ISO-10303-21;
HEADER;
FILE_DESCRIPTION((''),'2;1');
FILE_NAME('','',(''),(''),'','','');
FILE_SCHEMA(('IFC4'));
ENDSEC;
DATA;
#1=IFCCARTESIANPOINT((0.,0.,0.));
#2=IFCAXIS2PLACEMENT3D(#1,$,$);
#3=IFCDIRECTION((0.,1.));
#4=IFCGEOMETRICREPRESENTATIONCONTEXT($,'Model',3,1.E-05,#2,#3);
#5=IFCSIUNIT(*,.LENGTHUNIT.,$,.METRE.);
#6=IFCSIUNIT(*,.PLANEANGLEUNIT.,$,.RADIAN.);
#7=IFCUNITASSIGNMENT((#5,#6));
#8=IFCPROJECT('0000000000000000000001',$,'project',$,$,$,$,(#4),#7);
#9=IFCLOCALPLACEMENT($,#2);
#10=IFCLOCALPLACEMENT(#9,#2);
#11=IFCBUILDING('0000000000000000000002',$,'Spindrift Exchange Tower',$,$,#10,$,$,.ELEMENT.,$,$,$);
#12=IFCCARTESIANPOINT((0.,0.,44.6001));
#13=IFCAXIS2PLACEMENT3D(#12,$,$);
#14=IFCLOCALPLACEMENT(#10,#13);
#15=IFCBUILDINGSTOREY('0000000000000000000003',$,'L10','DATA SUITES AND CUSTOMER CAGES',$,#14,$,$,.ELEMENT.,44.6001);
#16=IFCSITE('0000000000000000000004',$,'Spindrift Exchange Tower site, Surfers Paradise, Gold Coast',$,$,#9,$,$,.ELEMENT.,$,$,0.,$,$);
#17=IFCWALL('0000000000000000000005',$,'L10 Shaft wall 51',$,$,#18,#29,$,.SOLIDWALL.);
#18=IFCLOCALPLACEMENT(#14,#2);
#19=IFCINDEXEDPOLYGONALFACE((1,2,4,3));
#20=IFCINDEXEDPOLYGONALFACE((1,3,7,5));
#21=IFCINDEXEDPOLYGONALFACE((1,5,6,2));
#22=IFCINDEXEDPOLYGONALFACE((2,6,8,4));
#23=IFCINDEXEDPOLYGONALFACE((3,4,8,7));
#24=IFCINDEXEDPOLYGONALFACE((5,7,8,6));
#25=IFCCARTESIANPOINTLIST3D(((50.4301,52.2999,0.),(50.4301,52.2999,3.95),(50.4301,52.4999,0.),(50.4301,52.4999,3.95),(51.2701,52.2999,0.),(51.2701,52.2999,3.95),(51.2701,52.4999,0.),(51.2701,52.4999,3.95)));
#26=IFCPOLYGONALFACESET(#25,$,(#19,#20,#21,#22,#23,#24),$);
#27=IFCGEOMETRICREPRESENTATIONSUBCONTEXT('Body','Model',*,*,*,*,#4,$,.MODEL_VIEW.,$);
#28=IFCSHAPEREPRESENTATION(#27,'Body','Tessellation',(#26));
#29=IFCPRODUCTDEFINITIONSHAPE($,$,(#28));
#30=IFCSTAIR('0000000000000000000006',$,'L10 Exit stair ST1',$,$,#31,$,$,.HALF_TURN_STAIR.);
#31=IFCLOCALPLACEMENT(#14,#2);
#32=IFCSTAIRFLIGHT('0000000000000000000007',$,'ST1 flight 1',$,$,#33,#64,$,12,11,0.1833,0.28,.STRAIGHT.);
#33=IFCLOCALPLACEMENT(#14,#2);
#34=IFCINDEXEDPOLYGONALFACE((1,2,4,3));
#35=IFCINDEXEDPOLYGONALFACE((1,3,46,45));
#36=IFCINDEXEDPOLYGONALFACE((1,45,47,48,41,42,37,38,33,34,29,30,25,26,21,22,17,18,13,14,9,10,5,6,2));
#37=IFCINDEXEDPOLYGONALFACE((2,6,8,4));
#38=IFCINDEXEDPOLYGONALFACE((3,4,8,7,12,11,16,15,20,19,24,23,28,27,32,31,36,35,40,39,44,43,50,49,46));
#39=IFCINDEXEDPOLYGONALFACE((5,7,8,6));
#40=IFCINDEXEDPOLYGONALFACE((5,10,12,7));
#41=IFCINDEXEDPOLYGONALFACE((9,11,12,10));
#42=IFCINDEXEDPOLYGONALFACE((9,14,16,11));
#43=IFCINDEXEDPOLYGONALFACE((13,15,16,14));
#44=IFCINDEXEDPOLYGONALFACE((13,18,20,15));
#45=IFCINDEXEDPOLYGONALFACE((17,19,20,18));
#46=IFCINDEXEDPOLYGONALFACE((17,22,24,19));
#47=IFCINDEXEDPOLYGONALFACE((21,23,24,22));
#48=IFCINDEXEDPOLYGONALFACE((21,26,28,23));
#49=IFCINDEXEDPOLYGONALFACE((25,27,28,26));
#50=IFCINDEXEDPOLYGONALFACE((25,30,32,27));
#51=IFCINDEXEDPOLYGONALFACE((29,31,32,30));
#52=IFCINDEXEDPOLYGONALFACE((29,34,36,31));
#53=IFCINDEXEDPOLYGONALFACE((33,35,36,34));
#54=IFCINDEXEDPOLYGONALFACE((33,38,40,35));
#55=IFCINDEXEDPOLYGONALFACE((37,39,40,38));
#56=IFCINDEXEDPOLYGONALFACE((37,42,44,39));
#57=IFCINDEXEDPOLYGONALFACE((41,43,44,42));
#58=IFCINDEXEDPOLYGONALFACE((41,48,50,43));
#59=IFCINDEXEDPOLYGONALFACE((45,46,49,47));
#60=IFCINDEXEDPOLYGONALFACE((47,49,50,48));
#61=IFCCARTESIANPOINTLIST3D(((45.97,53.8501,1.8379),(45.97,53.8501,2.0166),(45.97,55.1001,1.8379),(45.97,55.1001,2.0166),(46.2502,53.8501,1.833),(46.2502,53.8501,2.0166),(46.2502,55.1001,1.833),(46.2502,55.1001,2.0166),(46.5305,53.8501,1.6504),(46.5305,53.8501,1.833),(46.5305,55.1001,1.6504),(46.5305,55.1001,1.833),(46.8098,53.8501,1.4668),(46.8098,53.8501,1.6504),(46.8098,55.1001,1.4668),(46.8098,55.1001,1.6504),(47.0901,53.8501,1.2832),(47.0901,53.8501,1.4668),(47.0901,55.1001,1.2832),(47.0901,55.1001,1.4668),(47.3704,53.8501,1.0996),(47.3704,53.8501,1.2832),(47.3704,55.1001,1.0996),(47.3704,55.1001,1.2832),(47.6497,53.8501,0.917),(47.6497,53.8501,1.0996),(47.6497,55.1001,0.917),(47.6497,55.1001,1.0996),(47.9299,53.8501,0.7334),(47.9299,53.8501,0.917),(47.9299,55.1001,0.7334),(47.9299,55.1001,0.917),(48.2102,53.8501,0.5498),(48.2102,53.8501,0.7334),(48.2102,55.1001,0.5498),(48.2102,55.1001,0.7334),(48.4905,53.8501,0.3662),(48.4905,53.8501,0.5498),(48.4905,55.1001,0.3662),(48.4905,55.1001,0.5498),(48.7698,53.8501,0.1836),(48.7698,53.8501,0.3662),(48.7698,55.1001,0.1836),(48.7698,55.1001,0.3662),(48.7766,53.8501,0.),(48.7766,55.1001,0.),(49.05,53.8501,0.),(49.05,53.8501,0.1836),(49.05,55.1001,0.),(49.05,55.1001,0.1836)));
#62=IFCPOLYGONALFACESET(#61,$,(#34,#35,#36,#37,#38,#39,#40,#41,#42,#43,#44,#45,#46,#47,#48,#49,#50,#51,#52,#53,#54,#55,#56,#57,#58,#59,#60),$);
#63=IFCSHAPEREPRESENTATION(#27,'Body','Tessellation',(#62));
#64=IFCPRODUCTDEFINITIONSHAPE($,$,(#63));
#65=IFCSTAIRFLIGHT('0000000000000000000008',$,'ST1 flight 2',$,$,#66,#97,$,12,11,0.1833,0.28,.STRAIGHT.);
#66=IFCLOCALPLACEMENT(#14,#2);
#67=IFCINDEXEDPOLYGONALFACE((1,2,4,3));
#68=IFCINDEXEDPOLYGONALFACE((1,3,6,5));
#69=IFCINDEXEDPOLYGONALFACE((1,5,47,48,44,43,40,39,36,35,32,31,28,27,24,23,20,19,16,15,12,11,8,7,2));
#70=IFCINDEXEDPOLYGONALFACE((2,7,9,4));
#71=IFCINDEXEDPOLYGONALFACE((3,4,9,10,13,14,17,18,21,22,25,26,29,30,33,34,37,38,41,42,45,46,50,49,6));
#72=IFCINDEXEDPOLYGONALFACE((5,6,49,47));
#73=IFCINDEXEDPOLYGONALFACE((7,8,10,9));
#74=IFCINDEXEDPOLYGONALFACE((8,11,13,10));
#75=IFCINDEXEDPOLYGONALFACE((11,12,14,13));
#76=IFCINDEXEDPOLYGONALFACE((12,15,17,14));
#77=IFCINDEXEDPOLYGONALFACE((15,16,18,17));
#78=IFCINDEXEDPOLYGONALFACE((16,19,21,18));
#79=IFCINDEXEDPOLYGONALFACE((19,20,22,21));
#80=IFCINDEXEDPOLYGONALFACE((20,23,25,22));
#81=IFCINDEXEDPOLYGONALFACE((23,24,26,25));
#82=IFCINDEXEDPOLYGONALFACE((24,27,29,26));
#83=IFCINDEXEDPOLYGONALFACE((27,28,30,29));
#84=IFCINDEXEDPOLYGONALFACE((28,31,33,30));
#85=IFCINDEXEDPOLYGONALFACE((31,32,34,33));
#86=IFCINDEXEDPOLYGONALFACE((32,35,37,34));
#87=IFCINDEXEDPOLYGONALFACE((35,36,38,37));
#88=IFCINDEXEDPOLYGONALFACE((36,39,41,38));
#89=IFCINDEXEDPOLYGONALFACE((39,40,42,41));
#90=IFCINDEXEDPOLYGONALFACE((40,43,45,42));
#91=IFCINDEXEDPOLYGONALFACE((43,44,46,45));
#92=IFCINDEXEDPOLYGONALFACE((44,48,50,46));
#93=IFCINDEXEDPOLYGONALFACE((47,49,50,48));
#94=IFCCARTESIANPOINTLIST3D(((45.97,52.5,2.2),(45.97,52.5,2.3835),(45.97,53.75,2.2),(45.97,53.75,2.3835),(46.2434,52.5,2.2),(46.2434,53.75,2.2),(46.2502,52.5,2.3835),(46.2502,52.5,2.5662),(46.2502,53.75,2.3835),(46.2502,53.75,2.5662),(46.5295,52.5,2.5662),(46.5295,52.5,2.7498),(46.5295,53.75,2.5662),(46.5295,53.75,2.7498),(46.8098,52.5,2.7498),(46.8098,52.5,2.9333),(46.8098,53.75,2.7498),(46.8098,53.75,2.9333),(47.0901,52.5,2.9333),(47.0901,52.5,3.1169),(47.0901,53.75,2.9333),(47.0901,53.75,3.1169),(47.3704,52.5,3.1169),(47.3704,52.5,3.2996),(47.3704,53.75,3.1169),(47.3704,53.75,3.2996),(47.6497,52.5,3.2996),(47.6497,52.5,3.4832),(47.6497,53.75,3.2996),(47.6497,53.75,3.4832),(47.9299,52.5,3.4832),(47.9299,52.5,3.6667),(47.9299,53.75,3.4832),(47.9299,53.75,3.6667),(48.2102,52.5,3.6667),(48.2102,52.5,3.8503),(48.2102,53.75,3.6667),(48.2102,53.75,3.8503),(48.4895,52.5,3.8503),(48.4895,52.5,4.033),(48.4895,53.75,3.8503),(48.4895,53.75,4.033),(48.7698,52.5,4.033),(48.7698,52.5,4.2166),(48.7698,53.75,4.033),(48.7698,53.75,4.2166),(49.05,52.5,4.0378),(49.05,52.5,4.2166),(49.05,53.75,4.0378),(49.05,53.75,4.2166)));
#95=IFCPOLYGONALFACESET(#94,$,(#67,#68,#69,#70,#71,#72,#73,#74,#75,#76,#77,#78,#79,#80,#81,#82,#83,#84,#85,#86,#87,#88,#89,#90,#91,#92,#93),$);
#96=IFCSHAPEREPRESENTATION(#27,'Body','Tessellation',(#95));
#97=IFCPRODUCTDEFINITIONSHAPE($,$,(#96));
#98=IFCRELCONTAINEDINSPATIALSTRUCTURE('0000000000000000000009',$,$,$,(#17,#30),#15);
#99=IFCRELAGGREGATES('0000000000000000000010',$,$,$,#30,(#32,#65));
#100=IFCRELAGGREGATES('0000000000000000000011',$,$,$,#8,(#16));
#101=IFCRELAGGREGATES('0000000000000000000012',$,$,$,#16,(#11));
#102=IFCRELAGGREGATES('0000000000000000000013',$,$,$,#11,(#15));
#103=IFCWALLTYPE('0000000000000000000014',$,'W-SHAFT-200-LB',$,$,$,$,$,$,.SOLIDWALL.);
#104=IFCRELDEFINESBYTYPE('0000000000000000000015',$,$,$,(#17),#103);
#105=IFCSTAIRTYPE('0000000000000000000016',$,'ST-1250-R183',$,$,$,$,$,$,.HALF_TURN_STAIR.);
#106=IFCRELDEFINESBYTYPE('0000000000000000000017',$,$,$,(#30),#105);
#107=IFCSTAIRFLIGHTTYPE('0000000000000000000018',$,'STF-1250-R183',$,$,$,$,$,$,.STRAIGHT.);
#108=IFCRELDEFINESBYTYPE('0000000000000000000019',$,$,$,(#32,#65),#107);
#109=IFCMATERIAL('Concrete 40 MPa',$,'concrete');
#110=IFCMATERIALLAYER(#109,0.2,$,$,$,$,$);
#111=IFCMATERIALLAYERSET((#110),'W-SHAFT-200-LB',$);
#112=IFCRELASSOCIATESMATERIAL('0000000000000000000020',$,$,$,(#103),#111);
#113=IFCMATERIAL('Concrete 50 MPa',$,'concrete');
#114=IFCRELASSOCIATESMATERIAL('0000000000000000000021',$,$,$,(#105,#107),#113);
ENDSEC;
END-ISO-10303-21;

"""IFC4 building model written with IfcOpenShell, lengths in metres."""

from ifc_helpers import new_model, si_unit, direction, frame, frame_2d, origin, place, context, subcontext, project, spatial, line, indexed_curve, rectangle, outline, extrude, material, layer, layer_set, type_object, element, aggregate, save


model = new_model("IFC4")

# Units and contexts
model_context = context("Model", 3, precision=1e-05, world=origin(), true_north=direction((0.0, 1.0)))
body_context = subcontext(model_context, "Body", "Model", "MODEL_VIEW")
ifc_project = project(units=[si_unit("LENGTHUNIT", "METRE"), si_unit("PLANEANGLEUNIT", "RADIAN")], contexts=[model_context])

# Site, building, storey
site_placement = place(None, origin())
site = spatial("IfcSite", under=ifc_project, at=site_placement, Name="Spindrift Exchange Tower site, Surfers Paradise, Gold Coast", CompositionType="ELEMENT", RefElevation=0.0)
building_placement = place(site_placement, origin())
building = spatial("IfcBuilding", under=site, at=building_placement, Name="Spindrift Exchange Tower", CompositionType="ELEMENT")
storey_placement = place(building_placement, frame((0.0, 0.0, 44.6001)))
storey = spatial("IfcBuildingStorey", under=building, at=storey_placement, Name="L10", Description="DATA SUITES AND CUSTOMER CAGES", CompositionType="ELEMENT", Elevation=44.6001)

# Shared definitions
ifc_material_1 = material(Name="Concrete 40 MPa", Category="concrete")
ifc_layer = layer(ifc_material_1, 0.2)
ifc_layer_set = layer_set([ifc_layer], Name="W-SHAFT-200-LB")
wall_type = type_object("IfcWallType", Name="W-SHAFT-200-LB", PredefinedType="SOLIDWALL", material=ifc_layer_set)

# Wall
wall_1_placement = place(storey_placement, frame((51.27, 52.3999, 0.0), z_axis=(0.0, 0.0, 1.0), x_axis=(-1.0, 0.0, 0.0)))
element("IfcWall", 1, at=wall_1_placement, inside=storey, type_object=wall_type, Name="L10 Shaft wall 51", PredefinedType="SOLIDWALL", context=body_context, shape_type="SweptSolid", body=[
    extrude(rectangle(XDim=0.8401, YDim=0.2, at=frame_2d((0.4199, 0.0))), origin(), (0.0, 0.0, 1.0), 3.95),
])

# Stair, stair flights
ifc_material_2 = material(Name="Concrete 50 MPa", Category="concrete")
stair_type = type_object("IfcStairType", Name="ST-1250-R183", PredefinedType="HALF_TURN_STAIR", material=ifc_material_2)
stair_placement = place(storey_placement, origin())
stair = element("IfcStair", 2, at=stair_placement, inside=storey, type_object=stair_type, Name="L10 Exit stair ST1", PredefinedType="HALF_TURN_STAIR")
stair_flight_type = type_object("IfcStairFlightType", Name="STF-1250-R183", PredefinedType="STRAIGHT", material=ifc_material_2)
stair_flight_1_placement = place(storey_placement, frame((49.05, 54.4751, 0.0), z_axis=(0.0, 0.0, 1.0), x_axis=(-1.0, 0.0, 0.0)))
stair_flight_1 = element("IfcStairFlight", 3, at=stair_flight_1_placement, type_object=stair_flight_type, Name="ST1 flight 1", NumberOfRisers=12, NumberOfTreads=11, PredefinedType="STRAIGHT", RiserHeight=0.1833, TreadLength=0.28, context=body_context, shape_type="SweptSolid", body=[
    extrude(outline(indexed_curve([(0.0, 0.0), (0.0, 0.1836), (0.2803, 0.1836), (0.2803, 0.3662), (0.5596, 0.3662), (0.5596, 0.5498), (0.8398, 0.5498), (0.8398, 0.7334), (1.1201, 0.7334), (1.1201, 0.917), (1.4004, 0.917), (1.4004, 1.0996), (1.6797, 1.0996), (1.6797, 1.2832), (1.96, 1.2832), (1.96, 1.4668), (2.2402, 1.4668), (2.2402, 1.6504), (2.5195, 1.6504), (2.5195, 1.833), (2.7998, 1.833), (2.7998, 2.0166), (3.0801, 2.0166), (3.0801, 2.2002), (3.0801, 1.8379), (0.2734, 0.0)], segments=[line(1, 2, 3, 4, 5, 6, 7, 8, 9, 10, 11, 12, 13, 14, 15, 16, 17, 18, 19, 20, 21, 22, 23, 24, 25, 26, 1)], self_intersect=False)), frame((0.0, 0.625, 0.0), z_axis=(0.0, -1.0, 0.0), x_axis=(1.0, 0.0, 0.0)), (0.0, 0.0, 1.0), 1.25),
])
stair_flight_2_placement = place(storey_placement, frame((45.97, 53.125, 2.2), z_axis=(0.0, 0.0, 1.0), x_axis=(1.0, 0.0, 0.0)))
stair_flight_2 = element("IfcStairFlight", 4, at=stair_flight_2_placement, type_object=stair_flight_type, Name="ST1 flight 2", NumberOfRisers=12, NumberOfTreads=11, PredefinedType="STRAIGHT", RiserHeight=0.1833, TreadLength=0.28, context=body_context, shape_type="SweptSolid", body=[
    extrude(outline(indexed_curve([(0.0, 0.0), (0.0, 0.1836), (0.2803, 0.1836), (0.2803, 0.3662), (0.5596, 0.3662), (0.5596, 0.5498), (0.8398, 0.5498), (0.8398, 0.7334), (1.1201, 0.7334), (1.1201, 0.917), (1.4004, 0.917), (1.4004, 1.0996), (1.6797, 1.0996), (1.6797, 1.2832), (1.96, 1.2832), (1.96, 1.4668), (2.2402, 1.4668), (2.2402, 1.6504), (2.5195, 1.6504), (2.5195, 1.833), (2.7998, 1.833), (2.7998, 2.0166), (3.0801, 2.0166), (3.0801, 2.2002), (3.0801, 1.8379), (0.2734, 0.0)], segments=[line(1, 2, 3, 4, 5, 6, 7, 8, 9, 10, 11, 12, 13, 14, 15, 16, 17, 18, 19, 20, 21, 22, 23, 24, 25, 26, 1)], self_intersect=False)), frame((0.0, 0.625, 0.0), z_axis=(0.0, -1.0, 0.0), x_axis=(1.0, 0.0, 0.0)), (0.0, 0.0, 1.0), 1.25),
])
aggregate(stair, [stair_flight_1, stair_flight_2])

save(model, "model.ifc")
